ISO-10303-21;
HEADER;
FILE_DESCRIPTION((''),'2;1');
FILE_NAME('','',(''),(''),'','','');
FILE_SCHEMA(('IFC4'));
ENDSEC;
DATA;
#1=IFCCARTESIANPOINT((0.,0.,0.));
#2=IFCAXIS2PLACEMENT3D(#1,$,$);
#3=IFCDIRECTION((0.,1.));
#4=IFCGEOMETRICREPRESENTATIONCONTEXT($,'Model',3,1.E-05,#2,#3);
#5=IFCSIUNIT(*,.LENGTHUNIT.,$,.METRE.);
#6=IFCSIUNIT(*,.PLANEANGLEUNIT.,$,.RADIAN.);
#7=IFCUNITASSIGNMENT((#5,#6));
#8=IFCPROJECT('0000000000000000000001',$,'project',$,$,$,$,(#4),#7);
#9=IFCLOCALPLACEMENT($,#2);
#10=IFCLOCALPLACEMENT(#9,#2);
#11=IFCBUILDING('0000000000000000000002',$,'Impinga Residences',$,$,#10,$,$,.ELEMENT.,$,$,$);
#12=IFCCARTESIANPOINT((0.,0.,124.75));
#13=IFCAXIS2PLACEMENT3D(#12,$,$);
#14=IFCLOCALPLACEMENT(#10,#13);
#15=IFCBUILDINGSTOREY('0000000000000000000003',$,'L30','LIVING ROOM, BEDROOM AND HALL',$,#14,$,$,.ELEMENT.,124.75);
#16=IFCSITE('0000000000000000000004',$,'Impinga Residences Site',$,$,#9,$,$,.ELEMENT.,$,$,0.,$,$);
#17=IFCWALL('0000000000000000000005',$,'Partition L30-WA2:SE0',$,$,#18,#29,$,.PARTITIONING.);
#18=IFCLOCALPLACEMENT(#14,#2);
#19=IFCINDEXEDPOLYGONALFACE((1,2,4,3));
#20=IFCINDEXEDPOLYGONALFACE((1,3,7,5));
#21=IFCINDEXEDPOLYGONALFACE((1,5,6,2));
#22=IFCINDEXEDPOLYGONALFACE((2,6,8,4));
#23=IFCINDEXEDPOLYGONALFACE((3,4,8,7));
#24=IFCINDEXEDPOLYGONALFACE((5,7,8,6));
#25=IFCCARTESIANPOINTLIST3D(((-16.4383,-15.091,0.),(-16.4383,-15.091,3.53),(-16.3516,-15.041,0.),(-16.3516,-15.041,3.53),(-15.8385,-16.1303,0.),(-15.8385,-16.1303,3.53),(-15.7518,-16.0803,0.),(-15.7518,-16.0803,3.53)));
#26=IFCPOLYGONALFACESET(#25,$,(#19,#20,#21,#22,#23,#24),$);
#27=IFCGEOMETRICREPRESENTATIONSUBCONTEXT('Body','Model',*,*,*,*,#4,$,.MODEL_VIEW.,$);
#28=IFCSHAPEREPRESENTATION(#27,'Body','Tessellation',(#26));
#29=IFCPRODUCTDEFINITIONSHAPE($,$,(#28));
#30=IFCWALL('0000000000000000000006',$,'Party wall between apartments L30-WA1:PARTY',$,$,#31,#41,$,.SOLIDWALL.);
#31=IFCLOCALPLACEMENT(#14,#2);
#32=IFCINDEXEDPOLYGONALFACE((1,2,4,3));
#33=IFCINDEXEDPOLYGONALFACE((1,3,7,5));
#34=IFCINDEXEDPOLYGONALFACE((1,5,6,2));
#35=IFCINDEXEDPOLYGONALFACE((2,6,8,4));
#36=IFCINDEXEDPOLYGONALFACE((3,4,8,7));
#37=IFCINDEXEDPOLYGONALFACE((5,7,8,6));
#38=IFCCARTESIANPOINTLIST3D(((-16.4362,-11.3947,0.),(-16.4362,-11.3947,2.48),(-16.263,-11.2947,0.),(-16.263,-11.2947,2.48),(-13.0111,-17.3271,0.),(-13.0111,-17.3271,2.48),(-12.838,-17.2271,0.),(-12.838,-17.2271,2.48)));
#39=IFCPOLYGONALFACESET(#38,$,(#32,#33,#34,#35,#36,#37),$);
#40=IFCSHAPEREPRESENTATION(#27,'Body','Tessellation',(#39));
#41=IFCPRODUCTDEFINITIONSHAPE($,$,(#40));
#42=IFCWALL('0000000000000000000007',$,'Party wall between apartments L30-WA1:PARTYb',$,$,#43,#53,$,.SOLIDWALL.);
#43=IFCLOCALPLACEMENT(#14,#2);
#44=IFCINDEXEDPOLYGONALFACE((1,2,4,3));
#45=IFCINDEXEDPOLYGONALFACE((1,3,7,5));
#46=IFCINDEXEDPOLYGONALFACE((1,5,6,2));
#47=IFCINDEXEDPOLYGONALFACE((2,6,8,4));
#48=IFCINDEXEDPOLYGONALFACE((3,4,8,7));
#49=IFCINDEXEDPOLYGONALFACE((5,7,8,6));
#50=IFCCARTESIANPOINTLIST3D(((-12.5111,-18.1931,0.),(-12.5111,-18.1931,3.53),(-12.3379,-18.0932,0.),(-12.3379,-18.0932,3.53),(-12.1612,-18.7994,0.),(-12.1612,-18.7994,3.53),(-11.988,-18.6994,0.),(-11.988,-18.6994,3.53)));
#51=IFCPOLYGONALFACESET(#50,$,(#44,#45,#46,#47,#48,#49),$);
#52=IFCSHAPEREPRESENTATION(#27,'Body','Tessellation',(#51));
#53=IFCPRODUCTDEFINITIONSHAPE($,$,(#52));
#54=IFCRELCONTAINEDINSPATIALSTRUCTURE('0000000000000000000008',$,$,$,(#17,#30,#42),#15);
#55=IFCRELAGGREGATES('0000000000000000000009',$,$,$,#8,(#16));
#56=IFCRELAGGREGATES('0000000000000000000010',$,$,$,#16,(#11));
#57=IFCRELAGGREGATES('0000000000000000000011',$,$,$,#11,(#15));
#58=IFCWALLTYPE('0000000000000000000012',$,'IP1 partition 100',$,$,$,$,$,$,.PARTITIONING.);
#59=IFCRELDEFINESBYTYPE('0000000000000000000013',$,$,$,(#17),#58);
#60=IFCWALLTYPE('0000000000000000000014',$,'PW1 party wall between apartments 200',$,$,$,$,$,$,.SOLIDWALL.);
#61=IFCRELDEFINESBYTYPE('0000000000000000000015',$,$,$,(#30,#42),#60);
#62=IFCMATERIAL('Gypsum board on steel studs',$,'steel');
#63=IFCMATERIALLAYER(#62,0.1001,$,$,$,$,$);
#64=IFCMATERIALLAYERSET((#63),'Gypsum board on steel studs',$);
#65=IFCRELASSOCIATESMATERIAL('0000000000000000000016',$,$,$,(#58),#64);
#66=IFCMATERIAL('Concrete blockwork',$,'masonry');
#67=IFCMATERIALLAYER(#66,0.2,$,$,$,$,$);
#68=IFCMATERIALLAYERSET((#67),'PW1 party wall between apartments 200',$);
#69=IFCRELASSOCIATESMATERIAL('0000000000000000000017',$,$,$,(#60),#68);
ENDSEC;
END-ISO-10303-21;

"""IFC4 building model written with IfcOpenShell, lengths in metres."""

from ifc_helpers import new_model, si_unit, direction, frame, frame_2d, origin, place, context, subcontext, project, spatial, rectangle, extrude, material, layer, layer_set, type_object, element, save


model = new_model("IFC4")

# Units and contexts
model_context = context("Model", 3, precision=1e-05, world=origin(), true_north=direction((0.0, 1.0)))
body_context = subcontext(model_context, "Body", "Model", "MODEL_VIEW")
ifc_project = project(units=[si_unit("LENGTHUNIT", "METRE"), si_unit("PLANEANGLEUNIT", "RADIAN")], contexts=[model_context])

# Site, building, storey
site_placement = place(None, origin())
site = spatial("IfcSite", under=ifc_project, at=site_placement, Name="Impinga Residences Site", CompositionType="ELEMENT", RefElevation=0.0)
building_placement = place(site_placement, origin())
building = spatial("IfcBuilding", under=site, at=building_placement, Name="Impinga Residences", CompositionType="ELEMENT")
storey_placement = place(building_placement, frame((0.0, 0.0, 124.75)))
storey = spatial("IfcBuildingStorey", under=building, at=storey_placement, Name="L30", Description="LIVING ROOM, BEDROOM AND HALL", CompositionType="ELEMENT", Elevation=124.75)

# Shared definitions
ifc_material_1 = material(Name="Gypsum board on steel studs", Category="steel")
ifc_layer_1 = layer(ifc_material_1, 0.1001)
ifc_layer_set_1 = layer_set([ifc_layer_1], Name="Gypsum board on steel studs")
wall_type_1 = type_object("IfcWallType", Name="IP1 partition 100", PredefinedType="PARTITIONING", material=ifc_layer_set_1)

# Walls
wall_1_placement = place(storey_placement, frame((-16.395, -15.0659, 0.0), z_axis=(0.0, 0.0, 1.0), x_axis=(0.499881, -0.866094, 0.0)))
element("IfcWall", 1, at=wall_1_placement, inside=storey, type_object=wall_type_1, Name="Partition L30-WA2:SE0", PredefinedType="PARTITIONING", context=body_context, shape_type="SweptSolid", body=[
    extrude(rectangle(XDim=1.2, YDim=0.1001, at=frame_2d((0.6001, 0.0))), origin(), (0.0, 0.0, 1.0), 3.53),
])
ifc_material_2 = material(Name="Concrete blockwork", Category="masonry")
ifc_layer_2 = layer(ifc_material_2, 0.2)
ifc_layer_set_2 = layer_set([ifc_layer_2], Name="PW1 party wall between apartments 200")
wall_type_2 = type_object("IfcWallType", Name="PW1 party wall between apartments 200", PredefinedType="SOLIDWALL", material=ifc_layer_set_2)
wall_2_placement = place(storey_placement, frame((-16.3496, -11.3447, 0.0), z_axis=(0.0, 0.0, 1.0), x_axis=(0.499999, -0.866026, 0.0)))
element("IfcWall", 2, at=wall_2_placement, inside=storey, type_object=wall_type_2, Name="Party wall between apartments L30-WA1:PARTY", PredefinedType="SOLIDWALL", context=body_context, shape_type="SweptSolid", body=[
    extrude(rectangle(XDim=6.8501, YDim=0.2, at=frame_2d((3.425, 0.0))), origin(), (0.0, 0.0, 1.0), 2.48),
])
wall_3_placement = place(storey_placement, frame((-12.4246, -18.1431, 0.0), z_axis=(0.0, 0.0, 1.0), x_axis=(0.499853, -0.86611, 0.0)))
element("IfcWall", 3, at=wall_3_placement, inside=storey, type_object=wall_type_2, Name="Party wall between apartments L30-WA1:PARTYb", PredefinedType="SOLIDWALL", context=body_context, shape_type="SweptSolid", body=[
    extrude(rectangle(XDim=0.7, YDim=0.2, at=frame_2d((0.3501, 0.0))), origin(), (0.0, 0.0, 1.0), 3.53),
])

save(model, "model.ifc")
